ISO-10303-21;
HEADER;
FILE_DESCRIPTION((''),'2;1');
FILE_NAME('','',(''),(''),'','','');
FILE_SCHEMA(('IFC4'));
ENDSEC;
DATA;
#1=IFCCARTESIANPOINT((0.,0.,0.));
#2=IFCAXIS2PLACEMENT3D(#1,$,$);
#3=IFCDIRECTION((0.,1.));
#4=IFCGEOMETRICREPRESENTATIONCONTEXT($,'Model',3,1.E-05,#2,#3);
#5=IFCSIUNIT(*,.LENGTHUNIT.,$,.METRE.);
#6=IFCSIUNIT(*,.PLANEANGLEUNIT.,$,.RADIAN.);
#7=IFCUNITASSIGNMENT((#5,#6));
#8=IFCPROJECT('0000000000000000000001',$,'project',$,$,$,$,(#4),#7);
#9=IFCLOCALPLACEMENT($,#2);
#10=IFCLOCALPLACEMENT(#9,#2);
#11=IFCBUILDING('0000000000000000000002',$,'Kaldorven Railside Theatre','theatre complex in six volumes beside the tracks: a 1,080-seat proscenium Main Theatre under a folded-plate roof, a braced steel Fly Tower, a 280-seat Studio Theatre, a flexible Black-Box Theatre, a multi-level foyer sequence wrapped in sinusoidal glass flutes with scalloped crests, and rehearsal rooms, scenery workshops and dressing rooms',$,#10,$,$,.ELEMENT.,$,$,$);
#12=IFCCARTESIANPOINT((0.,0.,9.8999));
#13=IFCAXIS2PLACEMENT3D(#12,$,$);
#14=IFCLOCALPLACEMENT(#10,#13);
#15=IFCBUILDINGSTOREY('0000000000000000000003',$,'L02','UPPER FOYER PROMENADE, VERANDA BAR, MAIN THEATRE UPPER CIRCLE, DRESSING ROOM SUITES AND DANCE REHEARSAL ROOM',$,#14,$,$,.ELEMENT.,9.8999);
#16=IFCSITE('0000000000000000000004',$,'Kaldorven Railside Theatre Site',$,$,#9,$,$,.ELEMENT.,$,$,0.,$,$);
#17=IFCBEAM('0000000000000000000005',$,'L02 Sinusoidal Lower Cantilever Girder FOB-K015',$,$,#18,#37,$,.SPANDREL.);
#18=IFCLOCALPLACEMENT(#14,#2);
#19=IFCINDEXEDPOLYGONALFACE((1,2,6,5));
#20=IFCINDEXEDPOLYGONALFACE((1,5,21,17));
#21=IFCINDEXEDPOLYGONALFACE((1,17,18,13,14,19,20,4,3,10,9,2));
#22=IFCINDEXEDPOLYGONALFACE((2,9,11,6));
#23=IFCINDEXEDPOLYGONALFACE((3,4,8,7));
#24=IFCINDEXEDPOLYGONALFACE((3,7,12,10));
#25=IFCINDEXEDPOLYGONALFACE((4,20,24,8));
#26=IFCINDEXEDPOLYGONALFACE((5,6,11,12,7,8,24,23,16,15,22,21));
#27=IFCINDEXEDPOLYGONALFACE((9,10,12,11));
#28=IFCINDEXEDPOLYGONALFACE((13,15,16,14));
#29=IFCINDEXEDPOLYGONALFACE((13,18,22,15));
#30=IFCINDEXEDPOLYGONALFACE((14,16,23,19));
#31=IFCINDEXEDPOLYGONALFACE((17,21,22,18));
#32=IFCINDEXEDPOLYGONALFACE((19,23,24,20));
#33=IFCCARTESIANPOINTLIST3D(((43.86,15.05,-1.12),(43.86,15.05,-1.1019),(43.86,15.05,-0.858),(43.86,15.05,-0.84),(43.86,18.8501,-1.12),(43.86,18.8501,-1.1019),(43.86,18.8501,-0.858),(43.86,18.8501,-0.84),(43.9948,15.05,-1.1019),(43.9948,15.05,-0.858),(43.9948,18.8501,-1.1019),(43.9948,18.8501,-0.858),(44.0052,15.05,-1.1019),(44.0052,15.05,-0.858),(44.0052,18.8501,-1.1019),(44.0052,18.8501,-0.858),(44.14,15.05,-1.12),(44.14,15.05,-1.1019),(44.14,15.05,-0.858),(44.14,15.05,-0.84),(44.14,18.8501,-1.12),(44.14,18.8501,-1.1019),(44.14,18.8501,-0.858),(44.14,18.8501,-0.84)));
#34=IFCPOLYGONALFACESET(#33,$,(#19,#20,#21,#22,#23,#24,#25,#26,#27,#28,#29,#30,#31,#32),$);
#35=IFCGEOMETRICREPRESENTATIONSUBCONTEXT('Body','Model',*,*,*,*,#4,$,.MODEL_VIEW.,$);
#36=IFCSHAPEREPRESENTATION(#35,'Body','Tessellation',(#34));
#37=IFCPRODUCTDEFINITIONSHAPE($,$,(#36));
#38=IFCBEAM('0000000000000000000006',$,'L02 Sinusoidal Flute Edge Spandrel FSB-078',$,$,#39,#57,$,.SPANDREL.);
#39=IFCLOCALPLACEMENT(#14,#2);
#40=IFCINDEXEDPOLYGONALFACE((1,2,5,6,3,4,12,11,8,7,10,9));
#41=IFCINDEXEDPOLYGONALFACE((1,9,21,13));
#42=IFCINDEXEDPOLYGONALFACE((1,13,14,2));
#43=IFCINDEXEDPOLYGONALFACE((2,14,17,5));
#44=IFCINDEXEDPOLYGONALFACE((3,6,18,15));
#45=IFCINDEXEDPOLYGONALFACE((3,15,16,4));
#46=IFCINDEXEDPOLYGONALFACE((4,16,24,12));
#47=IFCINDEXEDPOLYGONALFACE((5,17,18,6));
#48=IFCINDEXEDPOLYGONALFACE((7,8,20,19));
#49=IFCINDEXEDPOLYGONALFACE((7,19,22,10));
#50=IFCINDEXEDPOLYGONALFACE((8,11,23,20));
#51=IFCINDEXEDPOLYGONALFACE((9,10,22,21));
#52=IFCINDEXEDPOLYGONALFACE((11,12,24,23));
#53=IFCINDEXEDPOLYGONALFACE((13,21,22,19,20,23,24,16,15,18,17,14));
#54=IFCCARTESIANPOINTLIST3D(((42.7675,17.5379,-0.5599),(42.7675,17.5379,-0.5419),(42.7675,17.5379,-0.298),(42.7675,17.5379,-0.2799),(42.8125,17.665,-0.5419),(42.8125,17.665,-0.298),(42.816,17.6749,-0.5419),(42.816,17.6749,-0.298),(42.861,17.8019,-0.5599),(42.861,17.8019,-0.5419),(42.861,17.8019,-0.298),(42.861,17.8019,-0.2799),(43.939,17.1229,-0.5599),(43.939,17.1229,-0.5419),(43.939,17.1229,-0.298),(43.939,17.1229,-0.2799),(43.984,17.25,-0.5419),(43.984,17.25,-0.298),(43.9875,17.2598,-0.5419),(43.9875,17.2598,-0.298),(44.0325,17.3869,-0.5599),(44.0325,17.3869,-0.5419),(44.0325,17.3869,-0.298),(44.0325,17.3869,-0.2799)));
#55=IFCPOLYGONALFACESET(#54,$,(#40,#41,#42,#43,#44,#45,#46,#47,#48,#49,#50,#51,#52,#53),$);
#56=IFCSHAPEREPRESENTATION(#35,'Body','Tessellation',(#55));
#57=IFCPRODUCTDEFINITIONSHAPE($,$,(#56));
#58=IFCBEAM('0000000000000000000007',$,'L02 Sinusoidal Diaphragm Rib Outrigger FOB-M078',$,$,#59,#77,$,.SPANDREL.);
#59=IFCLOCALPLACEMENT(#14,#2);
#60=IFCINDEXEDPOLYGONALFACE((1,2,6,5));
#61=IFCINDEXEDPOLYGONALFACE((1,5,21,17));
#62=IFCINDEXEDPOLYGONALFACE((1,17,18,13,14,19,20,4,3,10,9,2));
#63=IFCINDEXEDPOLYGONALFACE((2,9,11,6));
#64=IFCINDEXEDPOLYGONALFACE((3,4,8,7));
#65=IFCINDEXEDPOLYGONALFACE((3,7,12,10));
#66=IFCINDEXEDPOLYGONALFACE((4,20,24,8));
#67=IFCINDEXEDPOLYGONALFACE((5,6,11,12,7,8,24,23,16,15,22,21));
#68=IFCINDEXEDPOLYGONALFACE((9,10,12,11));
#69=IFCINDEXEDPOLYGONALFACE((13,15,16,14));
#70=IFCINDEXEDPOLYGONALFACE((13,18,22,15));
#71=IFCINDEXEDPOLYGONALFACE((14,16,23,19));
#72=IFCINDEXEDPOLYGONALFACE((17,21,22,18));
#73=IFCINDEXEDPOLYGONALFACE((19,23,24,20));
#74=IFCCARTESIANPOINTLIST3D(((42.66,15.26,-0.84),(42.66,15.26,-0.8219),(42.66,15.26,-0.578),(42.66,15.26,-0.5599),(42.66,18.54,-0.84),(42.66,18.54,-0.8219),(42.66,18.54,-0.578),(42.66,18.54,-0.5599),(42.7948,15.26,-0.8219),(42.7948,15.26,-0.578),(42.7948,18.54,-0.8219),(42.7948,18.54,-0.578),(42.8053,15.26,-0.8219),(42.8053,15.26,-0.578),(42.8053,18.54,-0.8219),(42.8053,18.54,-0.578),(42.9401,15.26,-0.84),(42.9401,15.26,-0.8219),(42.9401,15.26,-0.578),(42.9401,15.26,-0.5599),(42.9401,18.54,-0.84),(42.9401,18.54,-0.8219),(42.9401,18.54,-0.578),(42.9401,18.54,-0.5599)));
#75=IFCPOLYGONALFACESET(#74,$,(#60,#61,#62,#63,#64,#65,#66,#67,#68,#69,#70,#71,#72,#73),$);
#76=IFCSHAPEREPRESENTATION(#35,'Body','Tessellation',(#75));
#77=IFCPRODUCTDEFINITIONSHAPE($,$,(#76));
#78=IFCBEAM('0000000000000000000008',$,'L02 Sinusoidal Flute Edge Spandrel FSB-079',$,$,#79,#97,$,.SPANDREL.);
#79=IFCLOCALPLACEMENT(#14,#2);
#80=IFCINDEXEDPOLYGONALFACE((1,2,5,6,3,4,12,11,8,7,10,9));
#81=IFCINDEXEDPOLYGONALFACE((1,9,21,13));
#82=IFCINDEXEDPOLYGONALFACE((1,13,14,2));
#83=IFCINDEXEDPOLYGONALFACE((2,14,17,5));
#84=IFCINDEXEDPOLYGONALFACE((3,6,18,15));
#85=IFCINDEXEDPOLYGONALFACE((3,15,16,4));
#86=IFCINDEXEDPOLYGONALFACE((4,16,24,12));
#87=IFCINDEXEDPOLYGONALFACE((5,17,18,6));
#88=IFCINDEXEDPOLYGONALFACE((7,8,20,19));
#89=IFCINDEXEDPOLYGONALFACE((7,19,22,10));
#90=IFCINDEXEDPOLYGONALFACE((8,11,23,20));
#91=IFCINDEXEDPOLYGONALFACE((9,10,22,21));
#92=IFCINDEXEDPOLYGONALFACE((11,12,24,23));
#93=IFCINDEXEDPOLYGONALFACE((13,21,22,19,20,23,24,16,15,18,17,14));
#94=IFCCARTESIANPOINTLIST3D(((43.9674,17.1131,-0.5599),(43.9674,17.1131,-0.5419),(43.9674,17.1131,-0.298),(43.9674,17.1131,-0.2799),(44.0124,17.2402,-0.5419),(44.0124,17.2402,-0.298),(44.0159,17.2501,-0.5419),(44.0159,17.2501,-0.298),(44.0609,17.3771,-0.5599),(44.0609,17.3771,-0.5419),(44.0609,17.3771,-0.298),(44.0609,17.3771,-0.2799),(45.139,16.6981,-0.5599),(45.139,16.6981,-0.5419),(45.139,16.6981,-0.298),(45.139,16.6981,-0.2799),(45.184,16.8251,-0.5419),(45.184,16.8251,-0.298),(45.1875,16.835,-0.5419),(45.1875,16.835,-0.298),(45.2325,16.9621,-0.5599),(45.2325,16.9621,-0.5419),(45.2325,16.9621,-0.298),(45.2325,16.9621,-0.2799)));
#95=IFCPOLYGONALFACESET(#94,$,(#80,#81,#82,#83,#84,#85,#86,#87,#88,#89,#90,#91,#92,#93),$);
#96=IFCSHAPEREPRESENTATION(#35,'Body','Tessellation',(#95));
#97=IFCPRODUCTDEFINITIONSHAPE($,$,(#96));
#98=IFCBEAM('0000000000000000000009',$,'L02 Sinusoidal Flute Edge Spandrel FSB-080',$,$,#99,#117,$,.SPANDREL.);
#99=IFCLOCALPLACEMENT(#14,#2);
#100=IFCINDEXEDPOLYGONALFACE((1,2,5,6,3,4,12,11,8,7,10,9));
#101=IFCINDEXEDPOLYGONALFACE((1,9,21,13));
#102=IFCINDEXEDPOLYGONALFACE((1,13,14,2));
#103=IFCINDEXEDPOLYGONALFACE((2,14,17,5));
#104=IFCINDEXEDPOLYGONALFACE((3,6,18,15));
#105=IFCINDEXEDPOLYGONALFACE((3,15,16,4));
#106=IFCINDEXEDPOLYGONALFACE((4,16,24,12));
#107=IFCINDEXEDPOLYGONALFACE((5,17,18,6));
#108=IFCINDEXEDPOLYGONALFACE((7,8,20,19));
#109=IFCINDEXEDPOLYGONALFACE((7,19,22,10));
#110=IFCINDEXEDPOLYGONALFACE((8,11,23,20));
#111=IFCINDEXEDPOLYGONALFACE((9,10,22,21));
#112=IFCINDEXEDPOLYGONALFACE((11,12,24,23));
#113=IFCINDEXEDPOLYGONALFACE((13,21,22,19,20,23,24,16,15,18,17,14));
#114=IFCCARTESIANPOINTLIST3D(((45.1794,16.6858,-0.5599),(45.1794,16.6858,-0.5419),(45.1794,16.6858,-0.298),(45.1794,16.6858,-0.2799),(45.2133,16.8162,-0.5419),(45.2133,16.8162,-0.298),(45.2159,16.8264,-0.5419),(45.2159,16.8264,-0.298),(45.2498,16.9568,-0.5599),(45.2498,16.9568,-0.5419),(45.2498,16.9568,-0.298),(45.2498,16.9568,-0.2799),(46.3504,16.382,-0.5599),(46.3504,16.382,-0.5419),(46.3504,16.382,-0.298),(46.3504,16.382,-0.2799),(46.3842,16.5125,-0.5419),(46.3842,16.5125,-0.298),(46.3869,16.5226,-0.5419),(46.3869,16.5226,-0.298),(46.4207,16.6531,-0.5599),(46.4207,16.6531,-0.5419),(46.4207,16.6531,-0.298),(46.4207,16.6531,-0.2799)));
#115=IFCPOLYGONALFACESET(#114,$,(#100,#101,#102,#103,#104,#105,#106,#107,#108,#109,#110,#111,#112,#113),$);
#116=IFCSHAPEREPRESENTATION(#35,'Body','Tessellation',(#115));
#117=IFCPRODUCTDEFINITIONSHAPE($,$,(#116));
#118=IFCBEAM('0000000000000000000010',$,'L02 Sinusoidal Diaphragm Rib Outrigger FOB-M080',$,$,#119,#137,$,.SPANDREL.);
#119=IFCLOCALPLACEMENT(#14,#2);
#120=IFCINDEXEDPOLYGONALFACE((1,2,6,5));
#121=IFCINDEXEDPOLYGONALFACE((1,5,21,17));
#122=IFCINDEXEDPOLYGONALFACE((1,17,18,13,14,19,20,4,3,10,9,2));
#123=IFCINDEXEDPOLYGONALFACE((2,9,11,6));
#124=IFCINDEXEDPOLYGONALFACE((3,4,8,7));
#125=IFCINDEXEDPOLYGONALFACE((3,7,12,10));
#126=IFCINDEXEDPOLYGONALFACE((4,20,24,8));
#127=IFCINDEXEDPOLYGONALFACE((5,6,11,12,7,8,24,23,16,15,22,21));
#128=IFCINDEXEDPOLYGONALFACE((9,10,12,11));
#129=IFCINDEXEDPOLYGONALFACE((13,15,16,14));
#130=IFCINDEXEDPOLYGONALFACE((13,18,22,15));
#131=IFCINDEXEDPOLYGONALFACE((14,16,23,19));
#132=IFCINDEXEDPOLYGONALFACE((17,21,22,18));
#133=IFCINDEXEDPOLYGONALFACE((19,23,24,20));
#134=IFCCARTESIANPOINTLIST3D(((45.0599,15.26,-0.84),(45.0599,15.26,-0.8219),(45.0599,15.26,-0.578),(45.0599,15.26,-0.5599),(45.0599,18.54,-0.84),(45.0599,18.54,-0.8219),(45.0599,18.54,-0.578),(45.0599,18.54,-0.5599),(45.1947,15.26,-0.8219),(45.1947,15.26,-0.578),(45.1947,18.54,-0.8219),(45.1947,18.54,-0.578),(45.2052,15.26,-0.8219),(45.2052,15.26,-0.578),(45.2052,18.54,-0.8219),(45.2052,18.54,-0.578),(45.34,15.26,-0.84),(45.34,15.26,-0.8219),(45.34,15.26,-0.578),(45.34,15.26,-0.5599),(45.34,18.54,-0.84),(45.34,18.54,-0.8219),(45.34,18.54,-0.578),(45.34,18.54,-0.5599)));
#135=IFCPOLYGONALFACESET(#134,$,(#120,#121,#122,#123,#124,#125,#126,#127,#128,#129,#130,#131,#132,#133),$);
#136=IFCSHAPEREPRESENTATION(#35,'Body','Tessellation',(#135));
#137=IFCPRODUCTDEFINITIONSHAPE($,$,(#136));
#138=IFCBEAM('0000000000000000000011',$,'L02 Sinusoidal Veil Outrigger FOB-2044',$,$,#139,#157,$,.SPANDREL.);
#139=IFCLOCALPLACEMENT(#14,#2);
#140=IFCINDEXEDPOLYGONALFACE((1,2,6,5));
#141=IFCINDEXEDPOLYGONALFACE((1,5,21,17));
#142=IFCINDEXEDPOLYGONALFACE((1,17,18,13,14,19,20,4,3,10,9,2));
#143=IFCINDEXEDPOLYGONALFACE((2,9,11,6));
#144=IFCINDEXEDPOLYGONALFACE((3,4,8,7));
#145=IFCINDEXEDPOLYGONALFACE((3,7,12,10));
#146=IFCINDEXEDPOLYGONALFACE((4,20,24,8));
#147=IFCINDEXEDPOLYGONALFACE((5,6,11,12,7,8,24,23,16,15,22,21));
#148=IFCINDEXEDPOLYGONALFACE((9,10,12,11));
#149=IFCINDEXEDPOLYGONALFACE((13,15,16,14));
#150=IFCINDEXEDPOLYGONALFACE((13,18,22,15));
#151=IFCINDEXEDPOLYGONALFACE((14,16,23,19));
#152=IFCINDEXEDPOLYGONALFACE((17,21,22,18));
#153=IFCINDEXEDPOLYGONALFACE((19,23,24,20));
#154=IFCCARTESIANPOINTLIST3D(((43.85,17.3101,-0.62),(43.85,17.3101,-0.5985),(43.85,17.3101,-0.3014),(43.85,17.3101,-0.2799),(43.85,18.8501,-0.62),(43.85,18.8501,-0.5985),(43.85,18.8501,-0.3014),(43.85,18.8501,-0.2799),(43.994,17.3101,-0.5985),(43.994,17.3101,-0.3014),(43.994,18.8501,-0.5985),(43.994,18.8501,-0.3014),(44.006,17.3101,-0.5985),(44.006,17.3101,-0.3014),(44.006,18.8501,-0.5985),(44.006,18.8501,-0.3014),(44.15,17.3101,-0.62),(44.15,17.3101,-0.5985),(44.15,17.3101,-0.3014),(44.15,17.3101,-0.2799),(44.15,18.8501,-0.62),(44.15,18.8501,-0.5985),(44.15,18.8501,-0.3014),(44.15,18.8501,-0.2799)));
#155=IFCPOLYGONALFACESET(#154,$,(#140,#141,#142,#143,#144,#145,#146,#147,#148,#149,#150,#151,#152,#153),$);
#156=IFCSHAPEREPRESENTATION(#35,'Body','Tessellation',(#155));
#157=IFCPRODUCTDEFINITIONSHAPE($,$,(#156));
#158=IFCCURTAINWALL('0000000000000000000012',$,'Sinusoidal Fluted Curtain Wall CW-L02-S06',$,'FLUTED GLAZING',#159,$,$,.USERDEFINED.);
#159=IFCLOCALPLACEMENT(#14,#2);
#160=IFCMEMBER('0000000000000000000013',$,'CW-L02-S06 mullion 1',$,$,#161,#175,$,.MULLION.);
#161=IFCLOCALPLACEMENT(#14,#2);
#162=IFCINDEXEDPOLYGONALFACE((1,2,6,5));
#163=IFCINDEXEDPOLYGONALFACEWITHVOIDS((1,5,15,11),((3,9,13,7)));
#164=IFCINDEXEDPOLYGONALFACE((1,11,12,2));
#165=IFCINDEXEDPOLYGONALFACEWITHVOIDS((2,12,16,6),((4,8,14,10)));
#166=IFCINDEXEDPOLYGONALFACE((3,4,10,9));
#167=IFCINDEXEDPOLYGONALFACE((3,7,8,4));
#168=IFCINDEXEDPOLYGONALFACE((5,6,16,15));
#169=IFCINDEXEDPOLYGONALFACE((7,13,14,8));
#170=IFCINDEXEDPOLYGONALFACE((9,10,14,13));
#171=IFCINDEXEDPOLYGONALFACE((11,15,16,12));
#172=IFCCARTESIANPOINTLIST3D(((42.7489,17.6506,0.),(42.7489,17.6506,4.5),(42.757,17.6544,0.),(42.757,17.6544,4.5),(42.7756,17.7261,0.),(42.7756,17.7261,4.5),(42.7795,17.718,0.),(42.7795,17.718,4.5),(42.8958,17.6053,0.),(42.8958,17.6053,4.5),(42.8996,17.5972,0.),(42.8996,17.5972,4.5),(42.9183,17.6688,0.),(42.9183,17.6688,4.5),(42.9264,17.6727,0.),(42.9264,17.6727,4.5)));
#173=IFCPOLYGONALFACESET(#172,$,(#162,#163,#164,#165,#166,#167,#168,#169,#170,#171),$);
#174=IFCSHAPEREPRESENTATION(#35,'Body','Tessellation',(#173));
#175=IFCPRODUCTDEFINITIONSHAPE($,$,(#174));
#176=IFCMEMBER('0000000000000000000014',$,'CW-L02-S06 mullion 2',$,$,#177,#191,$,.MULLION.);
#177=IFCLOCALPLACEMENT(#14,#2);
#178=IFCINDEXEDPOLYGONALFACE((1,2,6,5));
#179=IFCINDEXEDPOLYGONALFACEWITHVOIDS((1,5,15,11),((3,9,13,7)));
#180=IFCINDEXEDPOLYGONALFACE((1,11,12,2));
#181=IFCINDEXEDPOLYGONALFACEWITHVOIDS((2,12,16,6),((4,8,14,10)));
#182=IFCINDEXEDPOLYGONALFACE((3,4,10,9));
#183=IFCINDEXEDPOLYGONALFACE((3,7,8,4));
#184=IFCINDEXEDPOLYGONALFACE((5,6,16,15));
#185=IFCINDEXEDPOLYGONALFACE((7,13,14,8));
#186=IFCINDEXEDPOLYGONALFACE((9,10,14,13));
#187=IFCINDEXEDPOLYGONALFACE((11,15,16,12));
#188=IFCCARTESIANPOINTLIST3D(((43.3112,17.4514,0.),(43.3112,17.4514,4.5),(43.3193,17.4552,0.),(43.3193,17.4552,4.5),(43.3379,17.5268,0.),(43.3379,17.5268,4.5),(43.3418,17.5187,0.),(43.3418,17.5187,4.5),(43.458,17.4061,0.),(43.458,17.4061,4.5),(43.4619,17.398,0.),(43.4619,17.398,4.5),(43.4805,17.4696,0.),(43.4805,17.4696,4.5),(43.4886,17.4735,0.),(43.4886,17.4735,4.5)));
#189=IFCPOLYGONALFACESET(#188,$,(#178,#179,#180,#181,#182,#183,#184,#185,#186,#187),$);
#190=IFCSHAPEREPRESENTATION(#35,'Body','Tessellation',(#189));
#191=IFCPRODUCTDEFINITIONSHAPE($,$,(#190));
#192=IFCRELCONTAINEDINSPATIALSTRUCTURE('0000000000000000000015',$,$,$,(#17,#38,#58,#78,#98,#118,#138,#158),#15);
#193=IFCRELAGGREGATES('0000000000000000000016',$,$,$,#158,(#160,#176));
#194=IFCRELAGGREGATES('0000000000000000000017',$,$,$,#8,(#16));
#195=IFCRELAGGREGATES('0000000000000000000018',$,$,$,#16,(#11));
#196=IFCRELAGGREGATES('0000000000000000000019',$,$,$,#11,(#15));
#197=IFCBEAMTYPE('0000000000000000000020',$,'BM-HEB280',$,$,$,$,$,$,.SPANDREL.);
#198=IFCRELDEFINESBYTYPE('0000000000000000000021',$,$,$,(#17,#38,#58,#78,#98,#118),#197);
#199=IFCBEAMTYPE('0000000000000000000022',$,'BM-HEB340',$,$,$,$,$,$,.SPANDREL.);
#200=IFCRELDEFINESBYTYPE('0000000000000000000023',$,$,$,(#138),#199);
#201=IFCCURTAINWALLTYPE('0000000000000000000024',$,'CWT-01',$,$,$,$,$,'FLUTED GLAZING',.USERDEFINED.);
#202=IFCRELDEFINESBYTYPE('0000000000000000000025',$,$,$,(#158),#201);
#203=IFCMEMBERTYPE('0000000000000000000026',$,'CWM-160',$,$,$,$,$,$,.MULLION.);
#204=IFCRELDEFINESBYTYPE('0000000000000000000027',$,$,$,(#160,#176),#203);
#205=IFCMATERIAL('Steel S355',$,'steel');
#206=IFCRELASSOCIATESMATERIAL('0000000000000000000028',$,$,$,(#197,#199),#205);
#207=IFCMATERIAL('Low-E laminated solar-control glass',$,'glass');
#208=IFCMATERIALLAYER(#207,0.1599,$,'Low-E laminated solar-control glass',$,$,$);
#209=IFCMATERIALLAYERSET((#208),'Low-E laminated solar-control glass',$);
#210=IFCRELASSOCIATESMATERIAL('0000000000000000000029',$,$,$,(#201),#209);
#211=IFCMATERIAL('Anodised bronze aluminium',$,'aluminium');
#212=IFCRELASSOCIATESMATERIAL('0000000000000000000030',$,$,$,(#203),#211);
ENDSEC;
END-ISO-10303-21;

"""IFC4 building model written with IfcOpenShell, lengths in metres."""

from ifc_helpers import new_model, si_unit, direction, frame, origin, origin_2d, place, context, subcontext, project, spatial, hollow_rectangle, i_section, extrude, material, layer, layer_set, material_profile, profile_set, type_object, element, aggregate, save


model = new_model("IFC4")

# Units and contexts
model_context = context("Model", 3, precision=1e-05, world=origin(), true_north=direction((0.0, 1.0)))
body_context = subcontext(model_context, "Body", "Model", "MODEL_VIEW")
ifc_project = project(units=[si_unit("LENGTHUNIT", "METRE"), si_unit("PLANEANGLEUNIT", "RADIAN")], contexts=[model_context])

# Site, building, storey
site_placement = place(None, origin())
site = spatial("IfcSite", under=ifc_project, at=site_placement, Name="Kaldorven Railside Theatre Site", CompositionType="ELEMENT", RefElevation=0.0)
building_placement = place(site_placement, origin())
building = spatial("IfcBuilding", under=site, at=building_placement, Name="Kaldorven Railside Theatre", Description="theatre complex in six volumes beside the tracks: a 1,080-seat proscenium Main Theatre under a folded-plate roof, a braced steel Fly Tower, a 280-seat Studio Theatre, a flexible Black-Box Theatre, a multi-level foyer sequence wrapped in sinusoidal glass flutes with scalloped crests, and rehearsal rooms, scenery workshops and dressing rooms", CompositionType="ELEMENT")
storey_placement = place(building_placement, frame((0.0, 0.0, 9.8999)))
storey = spatial("IfcBuildingStorey", under=building, at=storey_placement, Name="L02", Description="UPPER FOYER PROMENADE, VERANDA BAR, MAIN THEATRE UPPER CIRCLE, DRESSING ROOM SUITES AND DANCE REHEARSAL ROOM", CompositionType="ELEMENT", Elevation=9.8999)

# Beams
ifc_material_1 = material(Name="Steel S355", Category="steel")
ifc_material_profile_1 = material_profile(ifc_material_1, i_section(OverallWidth=0.28, OverallDepth=0.28, WebThickness=0.0105, FlangeThickness=0.0181, at=origin_2d()), Name="HEB 280")
ifc_profile_set_1 = profile_set([ifc_material_profile_1], Name="Steel S355")
beam_type_1 = type_object("IfcBeamType", Name="BM-HEB280", PredefinedType="SPANDREL", material=ifc_profile_set_1)
beam_1_placement = place(storey_placement, frame((44.0, 15.05, -0.98), z_axis=(0.0, 1.0, 0.0), x_axis=(-1.0, 0.0, 0.0)))
element("IfcBeam", 1, at=beam_1_placement, inside=storey, type_object=beam_type_1, Name="L02 Sinusoidal Lower Cantilever Girder FOB-K015", PredefinedType="SPANDREL", context=body_context, shape_type="SweptSolid", body=[
    extrude(i_section(OverallWidth=0.28, OverallDepth=0.28, WebThickness=0.0105, FlangeThickness=0.0181, at=origin_2d()), origin(), (0.0, 0.0, 1.0), 3.8),
])
beam_2_placement = place(storey_placement, frame((42.8142, 17.6699, -0.4199), z_axis=(0.942605, -0.333909, 0.0), x_axis=(0.333909, 0.942605, 0.0)))
element("IfcBeam", 2, at=beam_2_placement, inside=storey, type_object=beam_type_1, Name="L02 Sinusoidal Flute Edge Spandrel FSB-078", PredefinedType="SPANDREL", context=body_context, shape_type="SweptSolid", body=[
    extrude(i_section(OverallWidth=0.28, OverallDepth=0.28, WebThickness=0.0105, FlangeThickness=0.0181, at=origin_2d()), origin(), (0.0, 0.0, 1.0), 1.2429),
])
beam_3_placement = place(storey_placement, frame((42.8, 15.26, -0.7), z_axis=(0.0, 1.0, 0.0), x_axis=(-1.0, 0.0, 0.0)))
element("IfcBeam", 3, at=beam_3_placement, inside=storey, type_object=beam_type_1, Name="L02 Sinusoidal Diaphragm Rib Outrigger FOB-M078", PredefinedType="SPANDREL", context=body_context, shape_type="SweptSolid", body=[
    extrude(i_section(OverallWidth=0.28, OverallDepth=0.28, WebThickness=0.0105, FlangeThickness=0.0181, at=origin_2d()), origin(), (0.0, 0.0, 1.0), 3.28),
])
beam_4_placement = place(storey_placement, frame((44.0142, 17.2451, -0.4199), z_axis=(0.942605, -0.333909, 0.0), x_axis=(0.333909, 0.942605, 0.0)))
element("IfcBeam", 4, at=beam_4_placement, inside=storey, type_object=beam_type_1, Name="L02 Sinusoidal Flute Edge Spandrel FSB-079", PredefinedType="SPANDREL", context=body_context, shape_type="SweptSolid", body=[
    extrude(i_section(OverallWidth=0.28, OverallDepth=0.28, WebThickness=0.0105, FlangeThickness=0.0181, at=origin_2d()), origin(), (0.0, 0.0, 1.0), 1.2429),
])
beam_5_placement = place(storey_placement, frame((45.2146, 16.8213, -0.4199), z_axis=(0.967968, -0.251074, 0.0), x_axis=(0.251074, 0.967968, 0.0)))
element("IfcBeam", 5, at=beam_5_placement, inside=storey, type_object=beam_type_1, Name="L02 Sinusoidal Flute Edge Spandrel FSB-080", PredefinedType="SPANDREL", context=body_context, shape_type="SweptSolid", body=[
    extrude(i_section(OverallWidth=0.28, OverallDepth=0.28, WebThickness=0.0105, FlangeThickness=0.0181, at=origin_2d()), origin(), (0.0, 0.0, 1.0), 1.2097),
])
beam_6_placement = place(storey_placement, frame((45.2, 15.26, -0.7), z_axis=(0.0, 1.0, 0.0), x_axis=(-1.0, 0.0, 0.0)))
element("IfcBeam", 6, at=beam_6_placement, inside=storey, type_object=beam_type_1, Name="L02 Sinusoidal Diaphragm Rib Outrigger FOB-M080", PredefinedType="SPANDREL", context=body_context, shape_type="SweptSolid", body=[
    extrude(i_section(OverallWidth=0.28, OverallDepth=0.28, WebThickness=0.0105, FlangeThickness=0.0181, at=origin_2d()), origin(), (0.0, 0.0, 1.0), 3.28),
])
ifc_material_profile_2 = material_profile(ifc_material_1, i_section(OverallWidth=0.3, OverallDepth=0.3401, WebThickness=0.012, FlangeThickness=0.0215, at=origin_2d()), Name="HEB 340")
ifc_profile_set_2 = profile_set([ifc_material_profile_2], Name="Steel S355")
beam_type_2 = type_object("IfcBeamType", Name="BM-HEB340", PredefinedType="SPANDREL", material=ifc_profile_set_2)
beam_7_placement = place(storey_placement, frame((44.0, 17.3101, -0.45), z_axis=(0.0, 1.0, 0.0), x_axis=(-1.0, 0.0, 0.0)))
element("IfcBeam", 7, at=beam_7_placement, inside=storey, type_object=beam_type_2, Name="L02 Sinusoidal Veil Outrigger FOB-2044", PredefinedType="SPANDREL", context=body_context, shape_type="SweptSolid", body=[
    extrude(i_section(OverallWidth=0.3, OverallDepth=0.3401, WebThickness=0.012, FlangeThickness=0.0215, at=origin_2d()), origin(), (0.0, 0.0, 1.0), 1.54),
])

# Curtain wall, members
ifc_material_2 = material(Name="Low-E laminated solar-control glass", Category="glass")
ifc_layer_1 = layer(ifc_material_2, 0.1599, Name="Low-E laminated solar-control glass")
ifc_layer_set_1 = layer_set([ifc_layer_1], Name="Low-E laminated solar-control glass")
curtain_wall_type_1 = type_object("IfcCurtainWallType", Name="CWT-01", ElementType="FLUTED GLAZING", PredefinedType="USERDEFINED", material=ifc_layer_set_1)
curtain_wall_1_placement = place(storey_placement, origin())
curtain_wall_1 = element("IfcCurtainWall", 8, at=curtain_wall_1_placement, inside=storey, type_object=curtain_wall_type_1, Name="Sinusoidal Fluted Curtain Wall CW-L02-S06", ObjectType="FLUTED GLAZING", PredefinedType="USERDEFINED")
ifc_material_3 = material(Name="Anodised bronze aluminium", Category="aluminium")
ifc_material_profile_3 = material_profile(ifc_material_3, hollow_rectangle(XDim=0.0801, YDim=0.1599, WallThickness=0.0063, at=origin_2d()), Name="RHS 160x80x6.3")
ifc_profile_set_3 = profile_set([ifc_material_profile_3], Name="Anodised bronze aluminium")
member_type_1 = type_object("IfcMemberType", Name="CWM-160", PredefinedType="MULLION", material=ifc_profile_set_3)
member_1_placement = place(storey_placement, frame((42.8376, 17.6616, 0.0), z_axis=(0.0, 0.0, 1.0), x_axis=(0.333847, 0.942627, 0.0)))
member_1 = element("IfcMember", 9, at=member_1_placement, type_object=member_type_1, Name="CW-L02-S06 mullion 1", PredefinedType="MULLION", context=body_context, shape_type="SweptSolid", body=[
    extrude(hollow_rectangle(XDim=0.0801, YDim=0.1599, WallThickness=0.0063, at=origin_2d()), origin(), (0.0, 0.0, 1.0), 4.5),
])
member_2_placement = place(storey_placement, frame((43.3999, 17.4624, 0.0), z_axis=(0.0, 0.0, 1.0), x_axis=(0.333847, 0.942627, 0.0)))
member_2 = element("IfcMember", 10, at=member_2_placement, type_object=member_type_1, Name="CW-L02-S06 mullion 2", PredefinedType="MULLION", context=body_context, shape_type="SweptSolid", body=[
    extrude(hollow_rectangle(XDim=0.0801, YDim=0.1599, WallThickness=0.0063, at=origin_2d()), origin(), (0.0, 0.0, 1.0), 4.5),
])

aggregate(curtain_wall_1, [member_1, member_2])

save(model, "model.ifc")
